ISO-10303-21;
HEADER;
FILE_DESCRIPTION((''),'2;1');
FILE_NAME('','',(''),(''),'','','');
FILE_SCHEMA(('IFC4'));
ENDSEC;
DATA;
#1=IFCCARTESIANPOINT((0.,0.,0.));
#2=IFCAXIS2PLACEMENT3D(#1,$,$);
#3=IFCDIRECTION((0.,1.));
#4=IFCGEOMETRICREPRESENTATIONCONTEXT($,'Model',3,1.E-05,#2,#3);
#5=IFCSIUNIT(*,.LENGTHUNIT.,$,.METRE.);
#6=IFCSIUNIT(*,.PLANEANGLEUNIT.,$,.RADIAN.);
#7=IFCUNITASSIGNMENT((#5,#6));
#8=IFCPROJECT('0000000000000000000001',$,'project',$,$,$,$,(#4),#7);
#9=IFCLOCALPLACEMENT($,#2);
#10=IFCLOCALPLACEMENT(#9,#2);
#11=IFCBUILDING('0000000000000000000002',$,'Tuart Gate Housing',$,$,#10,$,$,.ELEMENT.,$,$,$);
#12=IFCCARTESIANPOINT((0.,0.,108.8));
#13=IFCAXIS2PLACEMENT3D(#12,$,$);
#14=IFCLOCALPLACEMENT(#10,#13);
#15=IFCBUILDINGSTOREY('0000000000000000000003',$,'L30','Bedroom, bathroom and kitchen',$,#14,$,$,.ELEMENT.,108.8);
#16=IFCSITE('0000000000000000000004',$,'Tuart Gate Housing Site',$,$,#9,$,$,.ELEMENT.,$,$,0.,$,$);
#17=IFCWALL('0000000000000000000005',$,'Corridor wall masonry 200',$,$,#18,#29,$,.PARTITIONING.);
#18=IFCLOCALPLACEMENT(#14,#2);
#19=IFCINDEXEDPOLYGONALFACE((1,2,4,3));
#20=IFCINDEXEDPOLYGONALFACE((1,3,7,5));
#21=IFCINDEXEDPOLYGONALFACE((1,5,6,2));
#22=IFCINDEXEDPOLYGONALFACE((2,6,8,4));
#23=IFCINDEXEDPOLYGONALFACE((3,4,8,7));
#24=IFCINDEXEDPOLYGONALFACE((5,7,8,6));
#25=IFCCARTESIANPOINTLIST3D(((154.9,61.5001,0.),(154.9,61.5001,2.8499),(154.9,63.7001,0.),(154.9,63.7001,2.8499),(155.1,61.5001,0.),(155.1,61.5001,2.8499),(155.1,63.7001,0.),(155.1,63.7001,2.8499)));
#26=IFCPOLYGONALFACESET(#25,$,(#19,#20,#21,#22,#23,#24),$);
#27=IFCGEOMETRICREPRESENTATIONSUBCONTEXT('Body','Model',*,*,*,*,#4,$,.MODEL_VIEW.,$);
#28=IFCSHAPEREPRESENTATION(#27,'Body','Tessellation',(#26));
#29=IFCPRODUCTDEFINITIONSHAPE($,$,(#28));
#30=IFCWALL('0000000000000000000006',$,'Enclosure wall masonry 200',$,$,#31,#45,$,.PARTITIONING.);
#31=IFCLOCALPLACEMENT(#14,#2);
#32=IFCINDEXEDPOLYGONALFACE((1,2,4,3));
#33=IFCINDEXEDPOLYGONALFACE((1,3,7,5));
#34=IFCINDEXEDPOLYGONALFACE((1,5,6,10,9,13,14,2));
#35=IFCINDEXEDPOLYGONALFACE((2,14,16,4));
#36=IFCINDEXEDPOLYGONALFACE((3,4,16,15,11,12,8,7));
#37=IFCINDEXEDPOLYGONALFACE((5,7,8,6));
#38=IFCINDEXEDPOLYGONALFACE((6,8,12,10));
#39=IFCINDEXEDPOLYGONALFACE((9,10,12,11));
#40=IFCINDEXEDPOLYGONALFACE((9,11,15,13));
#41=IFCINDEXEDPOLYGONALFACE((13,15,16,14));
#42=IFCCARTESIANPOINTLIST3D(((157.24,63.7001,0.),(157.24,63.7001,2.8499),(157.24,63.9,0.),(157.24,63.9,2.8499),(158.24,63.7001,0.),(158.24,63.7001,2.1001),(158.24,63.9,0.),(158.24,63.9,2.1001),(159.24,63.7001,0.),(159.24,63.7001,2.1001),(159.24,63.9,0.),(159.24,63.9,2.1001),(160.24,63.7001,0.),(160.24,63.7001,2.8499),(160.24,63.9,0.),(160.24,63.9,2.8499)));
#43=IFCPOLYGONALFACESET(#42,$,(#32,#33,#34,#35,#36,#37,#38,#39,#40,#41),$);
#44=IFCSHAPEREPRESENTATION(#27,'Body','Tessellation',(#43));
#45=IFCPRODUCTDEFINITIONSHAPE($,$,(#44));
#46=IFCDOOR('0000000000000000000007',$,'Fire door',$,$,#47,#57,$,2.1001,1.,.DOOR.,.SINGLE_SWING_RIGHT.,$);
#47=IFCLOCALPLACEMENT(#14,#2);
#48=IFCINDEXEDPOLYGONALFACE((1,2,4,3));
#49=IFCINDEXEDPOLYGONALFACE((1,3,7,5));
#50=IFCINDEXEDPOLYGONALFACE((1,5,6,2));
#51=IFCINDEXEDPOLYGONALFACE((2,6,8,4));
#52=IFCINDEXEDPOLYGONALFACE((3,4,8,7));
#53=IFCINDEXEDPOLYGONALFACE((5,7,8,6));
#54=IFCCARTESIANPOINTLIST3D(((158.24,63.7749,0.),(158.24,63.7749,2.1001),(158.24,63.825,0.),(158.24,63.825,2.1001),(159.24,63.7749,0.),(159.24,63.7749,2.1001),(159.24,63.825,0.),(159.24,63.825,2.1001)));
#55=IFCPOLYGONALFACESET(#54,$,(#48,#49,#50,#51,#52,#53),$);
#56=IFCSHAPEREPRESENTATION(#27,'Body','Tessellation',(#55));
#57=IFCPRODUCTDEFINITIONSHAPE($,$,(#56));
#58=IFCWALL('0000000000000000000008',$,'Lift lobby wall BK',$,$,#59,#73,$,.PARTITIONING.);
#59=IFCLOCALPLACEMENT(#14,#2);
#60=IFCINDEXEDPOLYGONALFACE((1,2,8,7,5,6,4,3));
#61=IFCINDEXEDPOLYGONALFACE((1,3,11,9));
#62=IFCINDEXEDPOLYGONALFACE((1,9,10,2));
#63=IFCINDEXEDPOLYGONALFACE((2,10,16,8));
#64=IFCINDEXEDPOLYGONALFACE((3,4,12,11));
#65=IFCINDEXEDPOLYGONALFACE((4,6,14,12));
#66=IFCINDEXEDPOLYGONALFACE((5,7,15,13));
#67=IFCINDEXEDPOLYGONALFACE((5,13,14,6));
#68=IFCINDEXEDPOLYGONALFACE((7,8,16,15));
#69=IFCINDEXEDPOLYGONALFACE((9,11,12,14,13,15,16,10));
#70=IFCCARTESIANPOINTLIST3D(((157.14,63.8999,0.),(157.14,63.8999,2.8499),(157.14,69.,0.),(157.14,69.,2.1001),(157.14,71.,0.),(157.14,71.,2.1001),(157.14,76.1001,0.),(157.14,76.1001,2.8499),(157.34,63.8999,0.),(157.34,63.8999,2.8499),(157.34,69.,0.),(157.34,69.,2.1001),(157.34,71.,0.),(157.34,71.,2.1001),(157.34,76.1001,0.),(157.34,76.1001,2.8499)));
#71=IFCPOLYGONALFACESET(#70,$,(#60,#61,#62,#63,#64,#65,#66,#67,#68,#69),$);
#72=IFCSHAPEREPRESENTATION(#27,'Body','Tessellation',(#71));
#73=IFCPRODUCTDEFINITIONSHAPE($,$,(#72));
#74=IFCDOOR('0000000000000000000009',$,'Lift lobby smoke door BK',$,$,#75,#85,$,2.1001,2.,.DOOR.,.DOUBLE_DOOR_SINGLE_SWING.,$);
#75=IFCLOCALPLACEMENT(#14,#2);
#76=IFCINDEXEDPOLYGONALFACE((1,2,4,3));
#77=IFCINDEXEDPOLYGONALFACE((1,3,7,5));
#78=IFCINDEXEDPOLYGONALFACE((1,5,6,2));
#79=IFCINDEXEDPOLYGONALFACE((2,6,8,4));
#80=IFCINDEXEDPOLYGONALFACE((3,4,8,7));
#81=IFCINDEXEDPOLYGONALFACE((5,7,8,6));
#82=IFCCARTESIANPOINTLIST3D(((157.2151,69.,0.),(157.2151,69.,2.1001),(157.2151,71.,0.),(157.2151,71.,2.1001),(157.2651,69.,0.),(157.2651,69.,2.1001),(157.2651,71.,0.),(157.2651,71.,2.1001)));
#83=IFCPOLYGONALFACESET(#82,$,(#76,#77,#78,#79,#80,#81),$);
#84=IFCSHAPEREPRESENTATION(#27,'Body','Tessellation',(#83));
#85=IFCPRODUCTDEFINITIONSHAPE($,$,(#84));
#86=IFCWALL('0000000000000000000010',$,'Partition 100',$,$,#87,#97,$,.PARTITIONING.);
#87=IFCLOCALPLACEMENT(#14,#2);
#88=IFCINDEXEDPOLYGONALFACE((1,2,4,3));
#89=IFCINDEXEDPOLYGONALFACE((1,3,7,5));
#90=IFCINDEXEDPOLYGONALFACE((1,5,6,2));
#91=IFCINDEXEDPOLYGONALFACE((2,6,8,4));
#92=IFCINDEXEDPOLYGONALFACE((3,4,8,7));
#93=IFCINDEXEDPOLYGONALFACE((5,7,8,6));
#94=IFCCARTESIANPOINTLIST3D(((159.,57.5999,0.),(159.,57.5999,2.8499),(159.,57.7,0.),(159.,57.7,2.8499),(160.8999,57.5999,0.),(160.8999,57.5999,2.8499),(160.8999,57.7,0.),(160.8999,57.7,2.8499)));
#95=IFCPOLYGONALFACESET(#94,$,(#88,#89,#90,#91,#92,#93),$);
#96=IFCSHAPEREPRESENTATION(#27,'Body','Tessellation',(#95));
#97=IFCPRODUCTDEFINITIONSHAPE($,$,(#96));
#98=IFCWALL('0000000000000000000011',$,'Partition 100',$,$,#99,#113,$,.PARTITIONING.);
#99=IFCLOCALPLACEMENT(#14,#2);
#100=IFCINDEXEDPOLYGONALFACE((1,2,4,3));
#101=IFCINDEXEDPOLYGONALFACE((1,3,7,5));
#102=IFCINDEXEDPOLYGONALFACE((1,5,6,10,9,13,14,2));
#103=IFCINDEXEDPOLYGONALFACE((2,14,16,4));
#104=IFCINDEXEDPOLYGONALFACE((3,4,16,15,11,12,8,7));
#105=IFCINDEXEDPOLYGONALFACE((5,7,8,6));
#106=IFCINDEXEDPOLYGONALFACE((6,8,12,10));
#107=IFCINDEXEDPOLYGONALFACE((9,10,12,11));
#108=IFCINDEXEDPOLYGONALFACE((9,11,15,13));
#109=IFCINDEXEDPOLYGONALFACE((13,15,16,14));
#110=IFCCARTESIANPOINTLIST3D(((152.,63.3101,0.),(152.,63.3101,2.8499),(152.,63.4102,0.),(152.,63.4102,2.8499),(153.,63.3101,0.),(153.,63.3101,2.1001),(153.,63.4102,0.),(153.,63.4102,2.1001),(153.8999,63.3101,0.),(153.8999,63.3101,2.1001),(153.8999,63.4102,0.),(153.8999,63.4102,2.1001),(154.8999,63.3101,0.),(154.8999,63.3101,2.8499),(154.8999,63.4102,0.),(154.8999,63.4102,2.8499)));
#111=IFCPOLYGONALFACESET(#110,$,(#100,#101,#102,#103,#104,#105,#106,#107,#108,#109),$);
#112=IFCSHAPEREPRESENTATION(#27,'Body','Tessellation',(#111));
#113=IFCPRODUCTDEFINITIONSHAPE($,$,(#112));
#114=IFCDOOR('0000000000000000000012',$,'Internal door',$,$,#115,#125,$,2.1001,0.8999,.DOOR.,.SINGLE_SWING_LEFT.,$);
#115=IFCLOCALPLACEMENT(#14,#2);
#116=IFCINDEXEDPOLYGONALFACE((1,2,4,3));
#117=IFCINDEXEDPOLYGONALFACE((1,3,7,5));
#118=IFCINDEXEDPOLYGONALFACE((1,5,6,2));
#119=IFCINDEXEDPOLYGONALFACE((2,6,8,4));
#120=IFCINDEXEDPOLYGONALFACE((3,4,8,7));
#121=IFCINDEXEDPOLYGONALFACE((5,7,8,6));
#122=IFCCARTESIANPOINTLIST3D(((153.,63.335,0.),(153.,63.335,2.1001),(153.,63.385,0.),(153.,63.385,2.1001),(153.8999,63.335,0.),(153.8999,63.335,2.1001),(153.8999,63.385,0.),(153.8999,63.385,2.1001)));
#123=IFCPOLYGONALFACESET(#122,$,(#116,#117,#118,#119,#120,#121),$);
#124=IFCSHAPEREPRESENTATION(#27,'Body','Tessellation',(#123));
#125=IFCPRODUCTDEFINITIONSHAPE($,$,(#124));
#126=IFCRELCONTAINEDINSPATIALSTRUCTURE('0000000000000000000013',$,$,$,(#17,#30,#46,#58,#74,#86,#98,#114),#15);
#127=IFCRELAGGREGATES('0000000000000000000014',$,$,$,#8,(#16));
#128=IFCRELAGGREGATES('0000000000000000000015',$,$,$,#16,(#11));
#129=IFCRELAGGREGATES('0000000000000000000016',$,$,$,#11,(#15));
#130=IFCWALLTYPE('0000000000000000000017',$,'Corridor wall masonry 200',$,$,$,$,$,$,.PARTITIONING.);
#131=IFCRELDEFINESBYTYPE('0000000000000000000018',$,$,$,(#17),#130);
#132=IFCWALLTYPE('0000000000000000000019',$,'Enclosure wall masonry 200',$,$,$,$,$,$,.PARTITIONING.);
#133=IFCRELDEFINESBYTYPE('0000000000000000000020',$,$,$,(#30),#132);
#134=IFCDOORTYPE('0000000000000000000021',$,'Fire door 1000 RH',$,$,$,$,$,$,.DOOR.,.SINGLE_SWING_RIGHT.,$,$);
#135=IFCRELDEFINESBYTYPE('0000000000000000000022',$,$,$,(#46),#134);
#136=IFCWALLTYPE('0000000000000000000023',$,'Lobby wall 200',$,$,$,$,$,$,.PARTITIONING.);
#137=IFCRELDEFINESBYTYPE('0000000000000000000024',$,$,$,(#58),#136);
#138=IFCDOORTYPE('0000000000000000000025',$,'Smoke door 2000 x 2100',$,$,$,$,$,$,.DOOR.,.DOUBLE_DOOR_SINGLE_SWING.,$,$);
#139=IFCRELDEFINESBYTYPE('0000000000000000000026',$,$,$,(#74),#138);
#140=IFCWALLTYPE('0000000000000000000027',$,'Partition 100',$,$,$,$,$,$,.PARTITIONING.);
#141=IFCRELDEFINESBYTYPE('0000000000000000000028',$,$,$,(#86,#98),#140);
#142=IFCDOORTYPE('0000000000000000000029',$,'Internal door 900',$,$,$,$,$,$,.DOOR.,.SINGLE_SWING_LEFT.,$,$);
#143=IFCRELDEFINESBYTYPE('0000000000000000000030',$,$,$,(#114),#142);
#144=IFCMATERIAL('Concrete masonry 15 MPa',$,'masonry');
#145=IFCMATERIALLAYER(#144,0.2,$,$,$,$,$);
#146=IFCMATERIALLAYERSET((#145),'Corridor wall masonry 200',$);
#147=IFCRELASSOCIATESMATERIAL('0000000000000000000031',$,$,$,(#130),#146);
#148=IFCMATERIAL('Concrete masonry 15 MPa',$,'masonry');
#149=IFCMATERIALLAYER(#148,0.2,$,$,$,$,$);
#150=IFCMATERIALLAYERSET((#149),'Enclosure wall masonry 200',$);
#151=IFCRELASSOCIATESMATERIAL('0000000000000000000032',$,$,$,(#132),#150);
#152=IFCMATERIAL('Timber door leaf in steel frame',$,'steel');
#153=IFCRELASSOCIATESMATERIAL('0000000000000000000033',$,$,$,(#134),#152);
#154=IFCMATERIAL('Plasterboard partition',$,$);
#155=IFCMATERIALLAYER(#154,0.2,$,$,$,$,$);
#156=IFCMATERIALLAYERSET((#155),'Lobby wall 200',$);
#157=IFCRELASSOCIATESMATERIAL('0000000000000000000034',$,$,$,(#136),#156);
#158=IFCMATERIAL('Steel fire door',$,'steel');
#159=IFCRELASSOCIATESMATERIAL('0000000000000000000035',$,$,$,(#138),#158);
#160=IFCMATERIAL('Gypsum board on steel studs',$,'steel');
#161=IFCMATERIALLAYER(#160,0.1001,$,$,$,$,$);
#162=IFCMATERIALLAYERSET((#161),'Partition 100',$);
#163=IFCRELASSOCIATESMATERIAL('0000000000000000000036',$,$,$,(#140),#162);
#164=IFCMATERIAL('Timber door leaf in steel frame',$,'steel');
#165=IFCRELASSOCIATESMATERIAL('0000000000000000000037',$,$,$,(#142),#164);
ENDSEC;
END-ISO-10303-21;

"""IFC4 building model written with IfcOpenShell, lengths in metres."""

from ifc_helpers import new_model, si_unit, direction, frame, frame_2d, origin, place, context, subcontext, project, spatial, rectangle, extrude, material, layer, layer_set, type_object, element, fill, save


model = new_model("IFC4")

# Units and contexts
model_context = context("Model", 3, precision=1e-05, world=origin(), true_north=direction((0.0, 1.0)))
body_context = subcontext(model_context, "Body", "Model", "MODEL_VIEW")
ifc_project = project(units=[si_unit("LENGTHUNIT", "METRE"), si_unit("PLANEANGLEUNIT", "RADIAN")], contexts=[model_context])

# Site, building, storey
site_placement = place(None, origin())
site = spatial("IfcSite", under=ifc_project, at=site_placement, Name="Tuart Gate Housing Site", CompositionType="ELEMENT", RefElevation=0.0)
building_placement = place(site_placement, origin())
building = spatial("IfcBuilding", under=site, at=building_placement, Name="Tuart Gate Housing", CompositionType="ELEMENT")
storey_placement = place(building_placement, frame((0.0, 0.0, 108.8)))
storey = spatial("IfcBuildingStorey", under=building, at=storey_placement, Name="L30", Description="Bedroom, bathroom and kitchen", CompositionType="ELEMENT", Elevation=108.8)

# Shared definitions
ifc_material_1 = material(Name="Concrete masonry 15 MPa", Category="masonry")
ifc_layer_1 = layer(ifc_material_1, 0.2)
ifc_layer_set_1 = layer_set([ifc_layer_1], Name="Corridor wall masonry 200")
wall_type_1 = type_object("IfcWallType", Name="Corridor wall masonry 200", PredefinedType="PARTITIONING", material=ifc_layer_set_1)

# Wall
wall_1_placement = place(storey_placement, frame((155.0, 61.5, 0.0), z_axis=(0.0, 0.0, 1.0), x_axis=(0.0, 1.0, 0.0)))
element("IfcWall", 1, at=wall_1_placement, inside=storey, type_object=wall_type_1, Name="Corridor wall masonry 200", PredefinedType="PARTITIONING", context=body_context, shape_type="SweptSolid", body=[
    extrude(rectangle(XDim=2.2, YDim=0.2, at=frame_2d((1.1001, 0.0))), origin(), (0.0, 0.0, 1.0), 2.8499),
])

# Walls, openings, doors
ifc_material_2 = material(Name="Concrete masonry 15 MPa", Category="masonry")
ifc_layer_2 = layer(ifc_material_2, 0.2)
ifc_layer_set_2 = layer_set([ifc_layer_2], Name="Enclosure wall masonry 200")
wall_type_2 = type_object("IfcWallType", Name="Enclosure wall masonry 200", PredefinedType="PARTITIONING", material=ifc_layer_set_2)
wall_2_placement = place(storey_placement, frame((157.24, 63.8, 0.0), z_axis=(0.0, 0.0, 1.0), x_axis=(1.0, 0.0, 0.0)))
wall_2 = element("IfcWall", 2, at=wall_2_placement, inside=storey, type_object=wall_type_2, Name="Enclosure wall masonry 200", PredefinedType="PARTITIONING", context=body_context, shape_type="SweptSolid", body=[
    extrude(rectangle(XDim=3.0, YDim=0.2, at=frame_2d((1.5, 0.0))), origin(), (0.0, 0.0, 1.0), 2.8499),
])
opening_1_placement = place(wall_2_placement, frame((1.0, 0.0, 0.0)))
opening_1 = element("IfcOpeningElement", 3, at=opening_1_placement, cuts=wall_2, PredefinedType="OPENING", context=body_context, shape_type="SweptSolid", body=[
    extrude(rectangle(XDim=1.0, YDim=2.1001, at=frame_2d((0.5, 1.05))), frame((0.0, 0.1099, 0.0), z_axis=(0.0, -1.0, 0.0), x_axis=(1.0, 0.0, 0.0)), (0.0, 0.0, 1.0), 0.22),
])
ifc_material_3 = material(Name="Timber door leaf in steel frame", Category="steel")
door_type_1 = type_object("IfcDoorType", Name="Fire door 1000 RH", OperationType="SINGLE_SWING_RIGHT", PredefinedType="DOOR", material=ifc_material_3)
door_1_placement = place(opening_1_placement, frame((1.0, 0.0, 0.0), z_axis=(0.0, 0.0, 1.0), x_axis=(-1.0, 0.0, 0.0)))
door_1 = element("IfcDoor", 4, at=door_1_placement, inside=storey, type_object=door_type_1, Name="Fire door", OperationType="SINGLE_SWING_RIGHT", OverallHeight=2.1001, OverallWidth=1.0, PredefinedType="DOOR", context=body_context, shape_type="SweptSolid", body=[
    extrude(rectangle(XDim=1.0, YDim=2.1001, at=frame_2d((0.5, 1.05))), frame((0.0, 0.0251, 0.0), z_axis=(0.0, -1.0, 0.0), x_axis=(1.0, 0.0, 0.0)), (0.0, 0.0, 1.0), 0.05),
])
fill(opening_1, door_1)
ifc_material_4 = material(Name="Plasterboard partition")
ifc_layer_3 = layer(ifc_material_4, 0.2)
ifc_layer_set_3 = layer_set([ifc_layer_3], Name="Lobby wall 200")
wall_type_3 = type_object("IfcWallType", Name="Lobby wall 200", PredefinedType="PARTITIONING", material=ifc_layer_set_3)
wall_3_placement = place(storey_placement, frame((157.24, 63.8999, 0.0), z_axis=(0.0, 0.0, 1.0), x_axis=(0.0, 1.0, 0.0)))
wall_3 = element("IfcWall", 5, at=wall_3_placement, inside=storey, type_object=wall_type_3, Name="Lift lobby wall BK", PredefinedType="PARTITIONING", context=body_context, shape_type="SweptSolid", body=[
    extrude(rectangle(XDim=12.2002, YDim=0.2, at=frame_2d((6.1001, 0.0))), origin(), (0.0, 0.0, 1.0), 2.8499),
])
opening_2_placement = place(wall_3_placement, frame((5.1001, 0.0, 0.0)))
opening_2 = element("IfcOpeningElement", 6, at=opening_2_placement, cuts=wall_3, PredefinedType="OPENING", context=body_context, shape_type="SweptSolid", body=[
    extrude(rectangle(XDim=2.0, YDim=2.1001, at=frame_2d((1.0, 1.05))), frame((0.0, 0.1099, 0.0), z_axis=(0.0, -1.0, 0.0), x_axis=(1.0, 0.0, 0.0)), (0.0, 0.0, 1.0), 0.22),
])
ifc_material_5 = material(Name="Steel fire door", Category="steel")
door_type_2 = type_object("IfcDoorType", Name="Smoke door 2000 x 2100", OperationType="DOUBLE_DOOR_SINGLE_SWING", PredefinedType="DOOR", material=ifc_material_5)
door_2_placement = place(opening_2_placement, frame((2.0, 0.0, 0.0), z_axis=(0.0, 0.0, 1.0), x_axis=(-1.0, 0.0, 0.0)))
door_2 = element("IfcDoor", 7, at=door_2_placement, inside=storey, type_object=door_type_2, Name="Lift lobby smoke door BK", OperationType="DOUBLE_DOOR_SINGLE_SWING", OverallHeight=2.1001, OverallWidth=2.0, PredefinedType="DOOR", context=body_context, shape_type="SweptSolid", body=[
    extrude(rectangle(XDim=2.0, YDim=2.1001, at=frame_2d((1.0, 1.05))), frame((0.0, 0.0251, 0.0), z_axis=(0.0, -1.0, 0.0), x_axis=(1.0, 0.0, 0.0)), (0.0, 0.0, 1.0), 0.05),
])
fill(opening_2, door_2)

# Wall
ifc_material_6 = material(Name="Gypsum board on steel studs", Category="steel")
ifc_layer_4 = layer(ifc_material_6, 0.1001)
ifc_layer_set_4 = layer_set([ifc_layer_4], Name="Partition 100")
wall_type_4 = type_object("IfcWallType", Name="Partition 100", PredefinedType="PARTITIONING", material=ifc_layer_set_4)
wall_4_placement = place(storey_placement, frame((159.0, 57.6499, 0.0), z_axis=(0.0, 0.0, 1.0), x_axis=(1.0, 0.0, 0.0)))
element("IfcWall", 8, at=wall_4_placement, inside=storey, type_object=wall_type_4, Name="Partition 100", PredefinedType="PARTITIONING", context=body_context, shape_type="SweptSolid", body=[
    extrude(rectangle(XDim=1.8999, YDim=0.1001, at=frame_2d((0.95, 0.0))), origin(), (0.0, 0.0, 1.0), 2.8499),
])

# Wall, opening, door
wall_5_placement = place(storey_placement, frame((152.0, 63.3601, 0.0), z_axis=(0.0, 0.0, 1.0), x_axis=(1.0, 0.0, 0.0)))
wall_5 = element("IfcWall", 9, at=wall_5_placement, inside=storey, type_object=wall_type_4, Name="Partition 100", PredefinedType="PARTITIONING", context=body_context, shape_type="SweptSolid", body=[
    extrude(rectangle(XDim=2.8999, YDim=0.1001, at=frame_2d((1.45, 0.0))), origin(), (0.0, 0.0, 1.0), 2.8499),
])
opening_3_placement = place(wall_5_placement, frame((1.0, 0.0, 0.0)))
opening_3 = element("IfcOpeningElement", 10, at=opening_3_placement, cuts=wall_5, PredefinedType="OPENING", context=body_context, shape_type="SweptSolid", body=[
    extrude(rectangle(XDim=0.8999, YDim=2.1001, at=frame_2d((0.45, 1.05))), frame((0.0, 0.0601, 0.0), z_axis=(0.0, -1.0, 0.0), x_axis=(1.0, 0.0, 0.0)), (0.0, 0.0, 1.0), 0.1201),
])
ifc_material_7 = material(Name="Timber door leaf in steel frame", Category="steel")
door_type_3 = type_object("IfcDoorType", Name="Internal door 900", OperationType="SINGLE_SWING_LEFT", PredefinedType="DOOR", material=ifc_material_7)
door_3_placement = place(opening_3_placement, origin())
door_3 = element("IfcDoor", 11, at=door_3_placement, inside=storey, type_object=door_type_3, Name="Internal door", OperationType="SINGLE_SWING_LEFT", OverallHeight=2.1001, OverallWidth=0.8999, PredefinedType="DOOR", context=body_context, shape_type="SweptSolid", body=[
    extrude(rectangle(XDim=0.8999, YDim=2.1001, at=frame_2d((0.45, 1.05))), frame((0.0, 0.0249, 0.0), z_axis=(0.0, -1.0, 0.0), x_axis=(1.0, 0.0, 0.0)), (0.0, 0.0, 1.0), 0.05),
])
fill(opening_3, door_3)

save(model, "model.ifc")
